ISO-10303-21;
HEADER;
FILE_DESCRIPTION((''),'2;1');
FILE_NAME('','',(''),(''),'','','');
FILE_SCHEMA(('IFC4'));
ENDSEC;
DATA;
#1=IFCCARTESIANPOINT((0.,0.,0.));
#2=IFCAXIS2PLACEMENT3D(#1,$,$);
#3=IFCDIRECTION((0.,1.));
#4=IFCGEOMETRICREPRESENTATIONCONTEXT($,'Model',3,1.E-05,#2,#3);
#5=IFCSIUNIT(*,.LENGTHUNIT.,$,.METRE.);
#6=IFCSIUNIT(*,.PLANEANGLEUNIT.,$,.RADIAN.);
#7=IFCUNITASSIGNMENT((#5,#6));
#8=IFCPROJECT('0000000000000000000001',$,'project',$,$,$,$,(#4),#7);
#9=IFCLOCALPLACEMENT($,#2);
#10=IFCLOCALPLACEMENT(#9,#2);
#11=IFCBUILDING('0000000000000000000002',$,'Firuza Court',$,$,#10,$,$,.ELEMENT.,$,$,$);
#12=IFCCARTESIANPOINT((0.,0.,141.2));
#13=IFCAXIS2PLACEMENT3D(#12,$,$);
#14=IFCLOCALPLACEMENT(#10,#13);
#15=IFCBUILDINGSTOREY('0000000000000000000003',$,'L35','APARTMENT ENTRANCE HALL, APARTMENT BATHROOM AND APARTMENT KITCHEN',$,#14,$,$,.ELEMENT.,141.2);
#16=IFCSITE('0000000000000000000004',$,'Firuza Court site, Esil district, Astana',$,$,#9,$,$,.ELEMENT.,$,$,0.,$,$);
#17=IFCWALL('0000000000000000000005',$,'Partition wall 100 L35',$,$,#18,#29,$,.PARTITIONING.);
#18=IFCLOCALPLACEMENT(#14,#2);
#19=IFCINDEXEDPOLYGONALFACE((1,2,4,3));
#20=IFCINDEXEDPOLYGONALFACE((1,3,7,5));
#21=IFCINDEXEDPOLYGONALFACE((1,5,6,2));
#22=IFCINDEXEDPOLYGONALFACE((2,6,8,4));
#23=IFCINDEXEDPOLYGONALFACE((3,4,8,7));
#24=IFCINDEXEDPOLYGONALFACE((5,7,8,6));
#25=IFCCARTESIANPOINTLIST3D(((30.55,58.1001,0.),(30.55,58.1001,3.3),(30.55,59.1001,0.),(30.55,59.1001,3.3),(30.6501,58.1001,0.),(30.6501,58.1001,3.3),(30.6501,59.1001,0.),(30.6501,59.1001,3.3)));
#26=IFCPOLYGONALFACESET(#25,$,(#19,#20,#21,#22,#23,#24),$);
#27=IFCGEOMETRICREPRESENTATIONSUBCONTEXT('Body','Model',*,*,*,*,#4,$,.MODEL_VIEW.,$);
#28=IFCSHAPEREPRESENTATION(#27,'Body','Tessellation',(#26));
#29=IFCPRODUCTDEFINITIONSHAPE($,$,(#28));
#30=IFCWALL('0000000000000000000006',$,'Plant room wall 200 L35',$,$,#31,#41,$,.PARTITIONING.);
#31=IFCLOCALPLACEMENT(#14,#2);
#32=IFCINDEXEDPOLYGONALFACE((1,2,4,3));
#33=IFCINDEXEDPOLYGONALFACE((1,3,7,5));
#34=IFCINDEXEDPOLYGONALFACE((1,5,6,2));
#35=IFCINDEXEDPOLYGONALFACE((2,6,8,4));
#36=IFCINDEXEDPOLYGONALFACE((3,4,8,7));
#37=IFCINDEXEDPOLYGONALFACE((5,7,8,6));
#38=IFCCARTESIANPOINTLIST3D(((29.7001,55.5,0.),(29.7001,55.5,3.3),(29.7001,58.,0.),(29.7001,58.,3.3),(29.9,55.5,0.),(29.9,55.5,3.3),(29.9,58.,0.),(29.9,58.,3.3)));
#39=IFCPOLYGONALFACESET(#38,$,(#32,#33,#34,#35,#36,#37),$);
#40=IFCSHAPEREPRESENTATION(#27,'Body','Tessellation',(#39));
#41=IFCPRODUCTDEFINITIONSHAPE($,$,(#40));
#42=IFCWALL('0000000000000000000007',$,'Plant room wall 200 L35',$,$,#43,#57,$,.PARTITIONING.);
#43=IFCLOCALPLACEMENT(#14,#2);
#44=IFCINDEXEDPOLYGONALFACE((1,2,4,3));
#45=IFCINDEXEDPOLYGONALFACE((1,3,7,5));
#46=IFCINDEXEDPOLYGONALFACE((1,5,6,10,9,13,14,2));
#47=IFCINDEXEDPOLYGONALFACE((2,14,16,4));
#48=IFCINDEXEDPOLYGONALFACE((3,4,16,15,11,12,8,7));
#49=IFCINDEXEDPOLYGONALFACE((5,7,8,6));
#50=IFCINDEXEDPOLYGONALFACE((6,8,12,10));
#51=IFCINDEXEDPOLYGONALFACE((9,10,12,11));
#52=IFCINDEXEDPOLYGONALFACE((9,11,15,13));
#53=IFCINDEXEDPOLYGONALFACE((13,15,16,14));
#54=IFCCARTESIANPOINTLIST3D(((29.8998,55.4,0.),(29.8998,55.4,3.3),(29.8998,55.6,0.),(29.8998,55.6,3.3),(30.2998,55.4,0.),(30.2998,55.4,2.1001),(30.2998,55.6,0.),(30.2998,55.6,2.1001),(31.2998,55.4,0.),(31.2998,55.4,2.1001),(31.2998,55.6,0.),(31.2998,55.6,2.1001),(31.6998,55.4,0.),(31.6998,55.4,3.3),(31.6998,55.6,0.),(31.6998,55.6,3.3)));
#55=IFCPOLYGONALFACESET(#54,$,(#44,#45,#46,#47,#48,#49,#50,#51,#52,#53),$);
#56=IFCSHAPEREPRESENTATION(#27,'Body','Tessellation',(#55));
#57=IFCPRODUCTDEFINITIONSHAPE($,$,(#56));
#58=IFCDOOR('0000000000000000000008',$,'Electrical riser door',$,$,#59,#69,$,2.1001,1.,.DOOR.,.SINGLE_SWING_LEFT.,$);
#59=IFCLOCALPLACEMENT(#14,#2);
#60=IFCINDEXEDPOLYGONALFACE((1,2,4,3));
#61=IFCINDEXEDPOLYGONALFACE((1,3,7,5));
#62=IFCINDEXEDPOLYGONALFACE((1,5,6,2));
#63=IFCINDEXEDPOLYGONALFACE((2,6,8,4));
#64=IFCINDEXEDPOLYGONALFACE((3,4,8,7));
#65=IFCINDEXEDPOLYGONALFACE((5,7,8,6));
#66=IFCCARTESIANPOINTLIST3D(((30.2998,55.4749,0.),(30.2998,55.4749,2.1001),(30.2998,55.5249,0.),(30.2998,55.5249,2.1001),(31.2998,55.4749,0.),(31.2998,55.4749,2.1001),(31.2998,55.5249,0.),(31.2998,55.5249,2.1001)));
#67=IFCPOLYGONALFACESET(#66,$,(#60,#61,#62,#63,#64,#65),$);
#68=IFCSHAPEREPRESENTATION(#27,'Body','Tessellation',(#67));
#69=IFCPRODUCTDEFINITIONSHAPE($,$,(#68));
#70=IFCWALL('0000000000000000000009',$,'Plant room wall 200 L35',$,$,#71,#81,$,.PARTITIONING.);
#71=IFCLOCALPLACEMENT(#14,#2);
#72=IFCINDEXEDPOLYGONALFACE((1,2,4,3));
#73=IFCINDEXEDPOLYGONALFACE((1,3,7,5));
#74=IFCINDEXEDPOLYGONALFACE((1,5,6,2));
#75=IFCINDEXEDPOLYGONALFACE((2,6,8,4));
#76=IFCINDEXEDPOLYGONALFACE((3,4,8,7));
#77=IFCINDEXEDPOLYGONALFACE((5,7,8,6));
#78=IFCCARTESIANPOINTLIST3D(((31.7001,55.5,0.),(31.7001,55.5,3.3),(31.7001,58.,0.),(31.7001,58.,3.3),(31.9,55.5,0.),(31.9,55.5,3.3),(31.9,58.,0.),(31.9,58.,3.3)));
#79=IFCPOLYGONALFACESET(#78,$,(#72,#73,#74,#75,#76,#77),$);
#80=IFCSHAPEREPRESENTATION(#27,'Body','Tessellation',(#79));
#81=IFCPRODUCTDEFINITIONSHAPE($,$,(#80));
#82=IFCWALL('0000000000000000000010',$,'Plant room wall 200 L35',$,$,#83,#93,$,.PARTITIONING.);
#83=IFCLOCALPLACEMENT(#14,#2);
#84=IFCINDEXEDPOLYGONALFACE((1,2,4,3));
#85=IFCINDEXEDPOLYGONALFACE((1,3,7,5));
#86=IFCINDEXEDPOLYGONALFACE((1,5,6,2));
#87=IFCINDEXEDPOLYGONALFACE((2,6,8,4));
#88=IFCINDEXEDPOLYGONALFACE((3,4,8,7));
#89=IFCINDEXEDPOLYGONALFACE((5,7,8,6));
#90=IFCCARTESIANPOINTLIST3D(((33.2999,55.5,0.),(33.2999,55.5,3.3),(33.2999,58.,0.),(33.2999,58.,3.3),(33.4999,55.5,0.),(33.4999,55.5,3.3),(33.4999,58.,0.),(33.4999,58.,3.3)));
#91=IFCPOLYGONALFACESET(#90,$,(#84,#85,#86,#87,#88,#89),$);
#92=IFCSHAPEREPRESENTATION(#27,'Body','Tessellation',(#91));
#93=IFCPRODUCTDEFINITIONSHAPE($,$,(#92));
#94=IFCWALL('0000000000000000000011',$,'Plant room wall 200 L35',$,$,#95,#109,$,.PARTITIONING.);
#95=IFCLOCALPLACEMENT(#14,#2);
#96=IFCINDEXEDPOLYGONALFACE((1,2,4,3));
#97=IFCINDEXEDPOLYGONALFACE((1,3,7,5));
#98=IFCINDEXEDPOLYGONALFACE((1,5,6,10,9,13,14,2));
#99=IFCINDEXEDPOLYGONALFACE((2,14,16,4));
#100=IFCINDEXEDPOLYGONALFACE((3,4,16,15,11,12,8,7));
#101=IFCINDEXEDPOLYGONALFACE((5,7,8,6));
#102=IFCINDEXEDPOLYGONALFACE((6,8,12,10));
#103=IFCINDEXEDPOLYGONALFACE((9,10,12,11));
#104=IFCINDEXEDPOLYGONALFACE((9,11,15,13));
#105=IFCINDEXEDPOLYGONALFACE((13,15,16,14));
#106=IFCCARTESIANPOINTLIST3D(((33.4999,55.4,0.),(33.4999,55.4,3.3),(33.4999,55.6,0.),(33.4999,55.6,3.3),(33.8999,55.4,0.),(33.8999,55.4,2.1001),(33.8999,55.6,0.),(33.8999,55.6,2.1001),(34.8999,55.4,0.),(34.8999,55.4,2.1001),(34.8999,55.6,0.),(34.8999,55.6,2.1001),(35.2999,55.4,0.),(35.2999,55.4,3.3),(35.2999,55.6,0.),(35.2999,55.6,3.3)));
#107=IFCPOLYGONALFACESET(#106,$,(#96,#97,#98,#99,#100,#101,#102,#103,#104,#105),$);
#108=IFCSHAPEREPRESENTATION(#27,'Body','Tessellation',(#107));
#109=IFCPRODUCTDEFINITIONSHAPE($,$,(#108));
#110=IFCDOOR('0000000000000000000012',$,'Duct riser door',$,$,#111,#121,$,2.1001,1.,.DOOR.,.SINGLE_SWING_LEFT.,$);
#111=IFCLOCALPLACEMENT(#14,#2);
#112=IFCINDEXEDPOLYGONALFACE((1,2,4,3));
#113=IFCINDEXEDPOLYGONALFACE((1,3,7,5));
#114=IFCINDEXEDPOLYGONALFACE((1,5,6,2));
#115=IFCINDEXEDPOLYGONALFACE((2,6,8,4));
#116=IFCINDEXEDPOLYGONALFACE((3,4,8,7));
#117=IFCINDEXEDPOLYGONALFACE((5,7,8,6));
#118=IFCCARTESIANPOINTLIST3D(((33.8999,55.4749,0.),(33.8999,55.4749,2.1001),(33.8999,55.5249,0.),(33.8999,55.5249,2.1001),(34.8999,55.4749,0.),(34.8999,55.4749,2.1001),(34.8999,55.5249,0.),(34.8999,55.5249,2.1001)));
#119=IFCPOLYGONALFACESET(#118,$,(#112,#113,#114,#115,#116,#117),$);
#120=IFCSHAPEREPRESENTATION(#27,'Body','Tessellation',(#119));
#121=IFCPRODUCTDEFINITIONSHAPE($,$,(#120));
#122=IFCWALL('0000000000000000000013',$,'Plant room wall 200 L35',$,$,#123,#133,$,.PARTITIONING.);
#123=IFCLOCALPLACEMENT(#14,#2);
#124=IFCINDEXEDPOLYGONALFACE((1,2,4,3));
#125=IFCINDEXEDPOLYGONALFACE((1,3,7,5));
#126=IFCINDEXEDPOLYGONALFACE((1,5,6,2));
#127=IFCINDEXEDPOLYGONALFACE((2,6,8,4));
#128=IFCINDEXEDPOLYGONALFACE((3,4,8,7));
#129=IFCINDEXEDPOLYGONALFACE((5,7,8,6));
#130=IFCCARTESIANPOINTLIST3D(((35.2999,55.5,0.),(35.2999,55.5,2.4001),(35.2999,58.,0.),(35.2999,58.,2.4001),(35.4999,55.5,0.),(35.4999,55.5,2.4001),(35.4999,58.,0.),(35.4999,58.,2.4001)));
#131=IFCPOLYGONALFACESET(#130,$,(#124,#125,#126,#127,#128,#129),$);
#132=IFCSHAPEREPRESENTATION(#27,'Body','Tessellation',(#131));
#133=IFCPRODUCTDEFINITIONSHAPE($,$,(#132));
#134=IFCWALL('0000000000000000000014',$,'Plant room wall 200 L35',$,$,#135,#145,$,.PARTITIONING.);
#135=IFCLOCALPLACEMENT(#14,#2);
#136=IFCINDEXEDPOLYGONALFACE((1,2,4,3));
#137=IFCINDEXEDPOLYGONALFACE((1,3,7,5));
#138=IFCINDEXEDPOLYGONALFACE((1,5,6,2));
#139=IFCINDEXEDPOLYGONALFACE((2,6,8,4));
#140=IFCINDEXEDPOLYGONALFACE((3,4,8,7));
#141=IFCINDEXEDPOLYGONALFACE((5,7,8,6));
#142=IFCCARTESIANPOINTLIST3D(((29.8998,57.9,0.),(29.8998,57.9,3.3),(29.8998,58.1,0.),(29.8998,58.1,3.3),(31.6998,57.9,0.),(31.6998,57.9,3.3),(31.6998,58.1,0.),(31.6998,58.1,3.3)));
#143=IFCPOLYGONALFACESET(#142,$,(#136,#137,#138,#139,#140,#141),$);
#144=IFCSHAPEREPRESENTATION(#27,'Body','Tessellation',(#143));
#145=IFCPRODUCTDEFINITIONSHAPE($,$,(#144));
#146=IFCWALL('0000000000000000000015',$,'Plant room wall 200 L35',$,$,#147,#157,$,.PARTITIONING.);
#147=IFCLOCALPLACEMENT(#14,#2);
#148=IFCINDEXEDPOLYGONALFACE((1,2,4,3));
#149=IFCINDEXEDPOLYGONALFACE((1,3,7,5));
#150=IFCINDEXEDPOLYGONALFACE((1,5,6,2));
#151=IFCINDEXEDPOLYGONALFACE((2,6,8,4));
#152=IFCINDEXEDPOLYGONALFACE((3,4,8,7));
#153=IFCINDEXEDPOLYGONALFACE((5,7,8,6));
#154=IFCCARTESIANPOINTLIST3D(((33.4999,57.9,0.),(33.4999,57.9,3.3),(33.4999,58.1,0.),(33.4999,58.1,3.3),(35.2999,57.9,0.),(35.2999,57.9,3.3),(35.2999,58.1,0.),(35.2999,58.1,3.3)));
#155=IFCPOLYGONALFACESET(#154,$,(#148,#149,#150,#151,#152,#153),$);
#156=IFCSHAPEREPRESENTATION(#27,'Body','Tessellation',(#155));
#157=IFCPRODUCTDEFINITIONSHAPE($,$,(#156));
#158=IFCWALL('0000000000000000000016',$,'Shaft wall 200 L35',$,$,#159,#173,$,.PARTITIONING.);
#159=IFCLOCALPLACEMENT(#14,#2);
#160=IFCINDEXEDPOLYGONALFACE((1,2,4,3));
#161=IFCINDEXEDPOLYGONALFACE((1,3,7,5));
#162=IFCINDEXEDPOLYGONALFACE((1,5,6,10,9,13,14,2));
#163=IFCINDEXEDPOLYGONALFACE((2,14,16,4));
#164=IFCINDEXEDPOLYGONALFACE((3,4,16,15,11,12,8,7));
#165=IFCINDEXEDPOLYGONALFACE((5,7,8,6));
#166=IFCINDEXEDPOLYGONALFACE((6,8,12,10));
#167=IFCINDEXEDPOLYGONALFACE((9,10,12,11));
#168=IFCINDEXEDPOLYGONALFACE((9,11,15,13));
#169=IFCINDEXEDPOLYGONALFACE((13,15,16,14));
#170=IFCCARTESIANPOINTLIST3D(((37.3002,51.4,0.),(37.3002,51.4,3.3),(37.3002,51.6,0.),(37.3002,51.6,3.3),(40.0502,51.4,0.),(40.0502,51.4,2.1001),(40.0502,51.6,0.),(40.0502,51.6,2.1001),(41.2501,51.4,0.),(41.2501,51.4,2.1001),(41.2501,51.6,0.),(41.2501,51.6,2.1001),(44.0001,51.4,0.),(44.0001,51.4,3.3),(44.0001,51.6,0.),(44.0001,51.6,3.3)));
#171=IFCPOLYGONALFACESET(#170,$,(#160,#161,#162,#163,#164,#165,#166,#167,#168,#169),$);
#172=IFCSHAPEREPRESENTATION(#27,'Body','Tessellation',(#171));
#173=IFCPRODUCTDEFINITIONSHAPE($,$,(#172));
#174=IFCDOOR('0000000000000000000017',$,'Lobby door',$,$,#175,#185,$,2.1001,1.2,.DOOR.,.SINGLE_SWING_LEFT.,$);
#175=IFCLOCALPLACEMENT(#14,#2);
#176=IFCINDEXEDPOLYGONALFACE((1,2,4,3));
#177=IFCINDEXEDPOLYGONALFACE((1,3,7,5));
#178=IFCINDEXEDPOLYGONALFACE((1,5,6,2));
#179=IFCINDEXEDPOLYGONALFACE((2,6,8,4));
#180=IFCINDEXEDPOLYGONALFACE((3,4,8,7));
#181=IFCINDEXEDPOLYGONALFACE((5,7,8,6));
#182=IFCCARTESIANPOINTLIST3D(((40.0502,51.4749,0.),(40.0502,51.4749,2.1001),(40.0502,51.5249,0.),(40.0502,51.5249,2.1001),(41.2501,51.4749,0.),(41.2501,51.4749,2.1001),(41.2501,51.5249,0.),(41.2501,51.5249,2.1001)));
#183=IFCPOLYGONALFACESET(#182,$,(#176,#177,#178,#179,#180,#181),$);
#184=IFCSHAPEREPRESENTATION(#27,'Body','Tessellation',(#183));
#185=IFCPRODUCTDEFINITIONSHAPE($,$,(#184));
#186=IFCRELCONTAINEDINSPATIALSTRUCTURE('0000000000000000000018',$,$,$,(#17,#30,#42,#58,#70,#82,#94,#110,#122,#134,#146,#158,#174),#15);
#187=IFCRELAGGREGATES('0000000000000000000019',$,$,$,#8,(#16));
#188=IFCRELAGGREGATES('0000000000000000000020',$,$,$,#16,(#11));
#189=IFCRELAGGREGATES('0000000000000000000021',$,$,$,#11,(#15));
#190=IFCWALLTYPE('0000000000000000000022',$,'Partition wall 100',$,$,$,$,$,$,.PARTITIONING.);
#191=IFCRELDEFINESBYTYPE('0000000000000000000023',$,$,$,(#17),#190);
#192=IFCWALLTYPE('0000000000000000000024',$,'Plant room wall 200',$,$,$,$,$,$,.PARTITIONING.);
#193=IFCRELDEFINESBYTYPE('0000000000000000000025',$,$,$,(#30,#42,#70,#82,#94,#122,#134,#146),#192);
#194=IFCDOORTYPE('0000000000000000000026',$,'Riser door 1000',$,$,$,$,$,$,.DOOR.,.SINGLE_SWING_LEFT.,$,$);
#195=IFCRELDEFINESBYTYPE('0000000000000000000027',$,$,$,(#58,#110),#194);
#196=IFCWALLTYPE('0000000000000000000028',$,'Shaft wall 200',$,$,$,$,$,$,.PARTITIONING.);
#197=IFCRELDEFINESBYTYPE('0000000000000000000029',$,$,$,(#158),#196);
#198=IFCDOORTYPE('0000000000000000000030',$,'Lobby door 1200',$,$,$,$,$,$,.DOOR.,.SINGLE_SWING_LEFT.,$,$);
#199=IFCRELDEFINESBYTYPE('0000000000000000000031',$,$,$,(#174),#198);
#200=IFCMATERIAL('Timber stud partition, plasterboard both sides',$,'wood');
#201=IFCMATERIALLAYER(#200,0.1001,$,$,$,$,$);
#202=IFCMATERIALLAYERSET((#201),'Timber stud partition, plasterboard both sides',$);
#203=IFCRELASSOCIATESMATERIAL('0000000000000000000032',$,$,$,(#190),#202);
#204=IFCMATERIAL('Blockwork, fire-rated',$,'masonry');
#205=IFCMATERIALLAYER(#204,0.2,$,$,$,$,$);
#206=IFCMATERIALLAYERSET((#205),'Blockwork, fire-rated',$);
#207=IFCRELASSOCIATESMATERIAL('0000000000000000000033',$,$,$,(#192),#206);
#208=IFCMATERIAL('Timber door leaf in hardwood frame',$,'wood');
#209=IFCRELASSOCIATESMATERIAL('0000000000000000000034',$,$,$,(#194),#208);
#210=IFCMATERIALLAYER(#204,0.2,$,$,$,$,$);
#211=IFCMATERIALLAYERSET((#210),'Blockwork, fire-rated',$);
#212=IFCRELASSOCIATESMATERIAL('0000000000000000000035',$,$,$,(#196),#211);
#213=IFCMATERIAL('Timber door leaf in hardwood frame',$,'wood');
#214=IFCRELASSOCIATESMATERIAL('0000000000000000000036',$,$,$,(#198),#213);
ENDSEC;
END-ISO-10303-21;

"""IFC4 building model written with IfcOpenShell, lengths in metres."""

from ifc_helpers import new_model, si_unit, direction, frame, frame_2d, origin, place, context, subcontext, project, spatial, rectangle, extrude, material, layer, layer_set, type_object, element, fill, save


model = new_model("IFC4")

# Units and contexts
model_context = context("Model", 3, precision=1e-05, world=origin(), true_north=direction((0.0, 1.0)))
body_context = subcontext(model_context, "Body", "Model", "MODEL_VIEW")
ifc_project = project(units=[si_unit("LENGTHUNIT", "METRE"), si_unit("PLANEANGLEUNIT", "RADIAN")], contexts=[model_context])

# Site, building, storey
site_placement = place(None, origin())
site = spatial("IfcSite", under=ifc_project, at=site_placement, Name="Firuza Court site, Esil district, Astana", CompositionType="ELEMENT", RefElevation=0.0)
building_placement = place(site_placement, origin())
building = spatial("IfcBuilding", under=site, at=building_placement, Name="Firuza Court", CompositionType="ELEMENT")
storey_placement = place(building_placement, frame((0.0, 0.0, 141.2)))
storey = spatial("IfcBuildingStorey", under=building, at=storey_placement, Name="L35", Description="APARTMENT ENTRANCE HALL, APARTMENT BATHROOM AND APARTMENT KITCHEN", CompositionType="ELEMENT", Elevation=141.2)

# Walls
ifc_material_1 = material(Name="Timber stud partition, plasterboard both sides", Category="wood")
ifc_layer_1 = layer(ifc_material_1, 0.1001)
ifc_layer_set_1 = layer_set([ifc_layer_1], Name="Timber stud partition, plasterboard both sides")
wall_type_1 = type_object("IfcWallType", Name="Partition wall 100", PredefinedType="PARTITIONING", material=ifc_layer_set_1)
wall_1_placement = place(storey_placement, frame((30.6001, 58.1001, 0.0), z_axis=(0.0, 0.0, 1.0), x_axis=(0.0, 1.0, 0.0)))
element("IfcWall", 1, at=wall_1_placement, inside=storey, type_object=wall_type_1, Name="Partition wall 100 L35", PredefinedType="PARTITIONING", context=body_context, shape_type="SweptSolid", body=[
    extrude(rectangle(XDim=1.0, YDim=0.1001, at=frame_2d((0.5, 0.0))), origin(), (0.0, 0.0, 1.0), 3.3),
])
ifc_material_2 = material(Name="Blockwork, fire-rated", Category="masonry")
ifc_layer_2 = layer(ifc_material_2, 0.2)
ifc_layer_set_2 = layer_set([ifc_layer_2], Name="Blockwork, fire-rated")
wall_type_2 = type_object("IfcWallType", Name="Plant room wall 200", PredefinedType="PARTITIONING", material=ifc_layer_set_2)
wall_2_placement = place(storey_placement, frame((29.8, 55.5, 0.0), z_axis=(0.0, 0.0, 1.0), x_axis=(0.0, 1.0, 0.0)))
element("IfcWall", 2, at=wall_2_placement, inside=storey, type_object=wall_type_2, Name="Plant room wall 200 L35", PredefinedType="PARTITIONING", context=body_context, shape_type="SweptSolid", body=[
    extrude(rectangle(XDim=2.5, YDim=0.2, at=frame_2d((1.25, 0.0))), origin(), (0.0, 0.0, 1.0), 3.3),
])

# Wall, opening, door
wall_3_placement = place(storey_placement, frame((29.8999, 55.5, 0.0), z_axis=(0.0, 0.0, 1.0), x_axis=(1.0, 0.0, 0.0)))
wall_3 = element("IfcWall", 3, at=wall_3_placement, inside=storey, type_object=wall_type_2, Name="Plant room wall 200 L35", PredefinedType="PARTITIONING", context=body_context, shape_type="SweptSolid", body=[
    extrude(rectangle(XDim=1.8, YDim=0.2, at=frame_2d((0.8999, 0.0))), origin(), (0.0, 0.0, 1.0), 3.3),
])
opening_1_placement = place(wall_3_placement, frame((0.3999, 0.0, 0.0)))
opening_1 = element("IfcOpeningElement", 4, at=opening_1_placement, cuts=wall_3, PredefinedType="OPENING", context=body_context, shape_type="SweptSolid", body=[
    extrude(rectangle(XDim=1.0, YDim=2.1001, at=frame_2d((0.5, 1.05))), frame((0.0, 0.1118, 0.0), z_axis=(0.0, -1.0, 0.0), x_axis=(1.0, 0.0, 0.0)), (0.0, 0.0, 1.0), 0.2239),
])
ifc_material_3 = material(Name="Timber door leaf in hardwood frame", Category="wood")
door_type_1 = type_object("IfcDoorType", Name="Riser door 1000", OperationType="SINGLE_SWING_LEFT", PredefinedType="DOOR", material=ifc_material_3)
door_1_placement = place(opening_1_placement, origin())
door_1 = element("IfcDoor", 5, at=door_1_placement, inside=storey, type_object=door_type_1, Name="Electrical riser door", OperationType="SINGLE_SWING_LEFT", OverallHeight=2.1001, OverallWidth=1.0, PredefinedType="DOOR", context=body_context, shape_type="SweptSolid", body=[
    extrude(rectangle(XDim=1.0, YDim=2.1001, at=frame_2d((0.5, 1.05))), frame((0.0, 0.0249, 0.0), z_axis=(0.0, -1.0, 0.0), x_axis=(1.0, 0.0, 0.0)), (0.0, 0.0, 1.0), 0.05),
])
fill(opening_1, door_1)

# Walls
for number, where, z_axis, x_axis, name in (
    (6, (31.8, 55.5, 0.0), (0.0, 0.0, 1.0), (0.0, 1.0, 0.0), "Plant room wall 200 L35"),
    (7, (33.3999, 55.5, 0.0), (0.0, 0.0, 1.0), (0.0, 1.0, 0.0), "Plant room wall 200 L35"),
):
    element("IfcWall", number, at=place(storey_placement, frame(where, z_axis=z_axis, x_axis=x_axis)), inside=storey, type_object=wall_type_2, Name=name, PredefinedType="PARTITIONING", context=body_context, shape_type="SweptSolid", body=[
        extrude(rectangle(XDim=2.5, YDim=0.2, at=frame_2d((1.25, 0.0))), origin(), (0.0, 0.0, 1.0), 3.3),
    ])

# Wall, opening, door
wall_4_placement = place(storey_placement, frame((33.5, 55.5, 0.0), z_axis=(0.0, 0.0, 1.0), x_axis=(1.0, 0.0, 0.0)))
wall_4 = element("IfcWall", 8, at=wall_4_placement, inside=storey, type_object=wall_type_2, Name="Plant room wall 200 L35", PredefinedType="PARTITIONING", context=body_context, shape_type="SweptSolid", body=[
    extrude(rectangle(XDim=1.8, YDim=0.2, at=frame_2d((0.8999, 0.0))), origin(), (0.0, 0.0, 1.0), 3.3),
])
opening_2_placement = place(wall_4_placement, frame((0.3999, 0.0, 0.0)))
opening_2 = element("IfcOpeningElement", 9, at=opening_2_placement, cuts=wall_4, PredefinedType="OPENING", context=body_context, shape_type="SweptSolid", body=[
    extrude(rectangle(XDim=1.0, YDim=2.1001, at=frame_2d((0.5, 1.05))), frame((0.0, 0.1118, 0.0), z_axis=(0.0, -1.0, 0.0), x_axis=(1.0, 0.0, 0.0)), (0.0, 0.0, 1.0), 0.2239),
])
door_2_placement = place(opening_2_placement, origin())
door_2 = element("IfcDoor", 10, at=door_2_placement, inside=storey, type_object=door_type_1, Name="Duct riser door", OperationType="SINGLE_SWING_LEFT", OverallHeight=2.1001, OverallWidth=1.0, PredefinedType="DOOR", context=body_context, shape_type="SweptSolid", body=[
    extrude(rectangle(XDim=1.0, YDim=2.1001, at=frame_2d((0.5, 1.05))), frame((0.0, 0.0249, 0.0), z_axis=(0.0, -1.0, 0.0), x_axis=(1.0, 0.0, 0.0)), (0.0, 0.0, 1.0), 0.05),
])
fill(opening_2, door_2)

# Walls
wall_5_placement = place(storey_placement, frame((35.3999, 55.5, 0.0), z_axis=(0.0, 0.0, 1.0), x_axis=(0.0, 1.0, 0.0)))
element("IfcWall", 11, at=wall_5_placement, inside=storey, type_object=wall_type_2, Name="Plant room wall 200 L35", PredefinedType="PARTITIONING", context=body_context, shape_type="SweptSolid", body=[
    extrude(rectangle(XDim=2.5, YDim=0.2, at=frame_2d((1.25, 0.0))), origin(), (0.0, 0.0, 1.0), 2.4001),
])
for number, where, z_axis, x_axis, name in (
    (12, (29.8999, 58.0, 0.0), (0.0, 0.0, 1.0), (1.0, 0.0, 0.0), "Plant room wall 200 L35"),
    (13, (33.5, 58.0, 0.0), (0.0, 0.0, 1.0), (1.0, 0.0, 0.0), "Plant room wall 200 L35"),
):
    element("IfcWall", number, at=place(storey_placement, frame(where, z_axis=z_axis, x_axis=x_axis)), inside=storey, type_object=wall_type_2, Name=name, PredefinedType="PARTITIONING", context=body_context, shape_type="SweptSolid", body=[
        extrude(rectangle(XDim=1.8, YDim=0.2, at=frame_2d((0.8999, 0.0))), origin(), (0.0, 0.0, 1.0), 3.3),
    ])

# Wall, opening, door
ifc_layer_3 = layer(ifc_material_2, 0.2)
ifc_layer_set_3 = layer_set([ifc_layer_3], Name="Blockwork, fire-rated")
wall_type_3 = type_object("IfcWallType", Name="Shaft wall 200", PredefinedType="PARTITIONING", material=ifc_layer_set_3)
wall_6_placement = place(storey_placement, frame((37.3, 51.5, 0.0), z_axis=(0.0, 0.0, 1.0), x_axis=(1.0, 0.0, 0.0)))
wall_6 = element("IfcWall", 14, at=wall_6_placement, inside=storey, type_object=wall_type_3, Name="Shaft wall 200 L35", PredefinedType="PARTITIONING", context=body_context, shape_type="SweptSolid", body=[
    extrude(rectangle(XDim=6.7, YDim=0.2, at=frame_2d((3.3501, 0.0))), origin(), (0.0, 0.0, 1.0), 3.3),
])
opening_3_placement = place(wall_6_placement, frame((2.75, 0.0, 0.0)))
opening_3 = element("IfcOpeningElement", 15, at=opening_3_placement, cuts=wall_6, PredefinedType="OPENING", context=body_context, shape_type="SweptSolid", body=[
    extrude(rectangle(XDim=1.2, YDim=2.1001, at=frame_2d((0.6001, 1.05))), frame((0.0, 0.1118, 0.0), z_axis=(0.0, -1.0, 0.0), x_axis=(1.0, 0.0, 0.0)), (0.0, 0.0, 1.0), 0.2239),
])
ifc_material_4 = material(Name="Timber door leaf in hardwood frame", Category="wood")
door_type_2 = type_object("IfcDoorType", Name="Lobby door 1200", OperationType="SINGLE_SWING_LEFT", PredefinedType="DOOR", material=ifc_material_4)
door_3_placement = place(opening_3_placement, origin())
door_3 = element("IfcDoor", 16, at=door_3_placement, inside=storey, type_object=door_type_2, Name="Lobby door", OperationType="SINGLE_SWING_LEFT", OverallHeight=2.1001, OverallWidth=1.2, PredefinedType="DOOR", context=body_context, shape_type="SweptSolid", body=[
    extrude(rectangle(XDim=1.2, YDim=2.1001, at=frame_2d((0.6001, 1.05))), frame((0.0, 0.0249, 0.0), z_axis=(0.0, -1.0, 0.0), x_axis=(1.0, 0.0, 0.0)), (0.0, 0.0, 1.0), 0.05),
])
fill(opening_3, door_3)

save(model, "model.ifc")
